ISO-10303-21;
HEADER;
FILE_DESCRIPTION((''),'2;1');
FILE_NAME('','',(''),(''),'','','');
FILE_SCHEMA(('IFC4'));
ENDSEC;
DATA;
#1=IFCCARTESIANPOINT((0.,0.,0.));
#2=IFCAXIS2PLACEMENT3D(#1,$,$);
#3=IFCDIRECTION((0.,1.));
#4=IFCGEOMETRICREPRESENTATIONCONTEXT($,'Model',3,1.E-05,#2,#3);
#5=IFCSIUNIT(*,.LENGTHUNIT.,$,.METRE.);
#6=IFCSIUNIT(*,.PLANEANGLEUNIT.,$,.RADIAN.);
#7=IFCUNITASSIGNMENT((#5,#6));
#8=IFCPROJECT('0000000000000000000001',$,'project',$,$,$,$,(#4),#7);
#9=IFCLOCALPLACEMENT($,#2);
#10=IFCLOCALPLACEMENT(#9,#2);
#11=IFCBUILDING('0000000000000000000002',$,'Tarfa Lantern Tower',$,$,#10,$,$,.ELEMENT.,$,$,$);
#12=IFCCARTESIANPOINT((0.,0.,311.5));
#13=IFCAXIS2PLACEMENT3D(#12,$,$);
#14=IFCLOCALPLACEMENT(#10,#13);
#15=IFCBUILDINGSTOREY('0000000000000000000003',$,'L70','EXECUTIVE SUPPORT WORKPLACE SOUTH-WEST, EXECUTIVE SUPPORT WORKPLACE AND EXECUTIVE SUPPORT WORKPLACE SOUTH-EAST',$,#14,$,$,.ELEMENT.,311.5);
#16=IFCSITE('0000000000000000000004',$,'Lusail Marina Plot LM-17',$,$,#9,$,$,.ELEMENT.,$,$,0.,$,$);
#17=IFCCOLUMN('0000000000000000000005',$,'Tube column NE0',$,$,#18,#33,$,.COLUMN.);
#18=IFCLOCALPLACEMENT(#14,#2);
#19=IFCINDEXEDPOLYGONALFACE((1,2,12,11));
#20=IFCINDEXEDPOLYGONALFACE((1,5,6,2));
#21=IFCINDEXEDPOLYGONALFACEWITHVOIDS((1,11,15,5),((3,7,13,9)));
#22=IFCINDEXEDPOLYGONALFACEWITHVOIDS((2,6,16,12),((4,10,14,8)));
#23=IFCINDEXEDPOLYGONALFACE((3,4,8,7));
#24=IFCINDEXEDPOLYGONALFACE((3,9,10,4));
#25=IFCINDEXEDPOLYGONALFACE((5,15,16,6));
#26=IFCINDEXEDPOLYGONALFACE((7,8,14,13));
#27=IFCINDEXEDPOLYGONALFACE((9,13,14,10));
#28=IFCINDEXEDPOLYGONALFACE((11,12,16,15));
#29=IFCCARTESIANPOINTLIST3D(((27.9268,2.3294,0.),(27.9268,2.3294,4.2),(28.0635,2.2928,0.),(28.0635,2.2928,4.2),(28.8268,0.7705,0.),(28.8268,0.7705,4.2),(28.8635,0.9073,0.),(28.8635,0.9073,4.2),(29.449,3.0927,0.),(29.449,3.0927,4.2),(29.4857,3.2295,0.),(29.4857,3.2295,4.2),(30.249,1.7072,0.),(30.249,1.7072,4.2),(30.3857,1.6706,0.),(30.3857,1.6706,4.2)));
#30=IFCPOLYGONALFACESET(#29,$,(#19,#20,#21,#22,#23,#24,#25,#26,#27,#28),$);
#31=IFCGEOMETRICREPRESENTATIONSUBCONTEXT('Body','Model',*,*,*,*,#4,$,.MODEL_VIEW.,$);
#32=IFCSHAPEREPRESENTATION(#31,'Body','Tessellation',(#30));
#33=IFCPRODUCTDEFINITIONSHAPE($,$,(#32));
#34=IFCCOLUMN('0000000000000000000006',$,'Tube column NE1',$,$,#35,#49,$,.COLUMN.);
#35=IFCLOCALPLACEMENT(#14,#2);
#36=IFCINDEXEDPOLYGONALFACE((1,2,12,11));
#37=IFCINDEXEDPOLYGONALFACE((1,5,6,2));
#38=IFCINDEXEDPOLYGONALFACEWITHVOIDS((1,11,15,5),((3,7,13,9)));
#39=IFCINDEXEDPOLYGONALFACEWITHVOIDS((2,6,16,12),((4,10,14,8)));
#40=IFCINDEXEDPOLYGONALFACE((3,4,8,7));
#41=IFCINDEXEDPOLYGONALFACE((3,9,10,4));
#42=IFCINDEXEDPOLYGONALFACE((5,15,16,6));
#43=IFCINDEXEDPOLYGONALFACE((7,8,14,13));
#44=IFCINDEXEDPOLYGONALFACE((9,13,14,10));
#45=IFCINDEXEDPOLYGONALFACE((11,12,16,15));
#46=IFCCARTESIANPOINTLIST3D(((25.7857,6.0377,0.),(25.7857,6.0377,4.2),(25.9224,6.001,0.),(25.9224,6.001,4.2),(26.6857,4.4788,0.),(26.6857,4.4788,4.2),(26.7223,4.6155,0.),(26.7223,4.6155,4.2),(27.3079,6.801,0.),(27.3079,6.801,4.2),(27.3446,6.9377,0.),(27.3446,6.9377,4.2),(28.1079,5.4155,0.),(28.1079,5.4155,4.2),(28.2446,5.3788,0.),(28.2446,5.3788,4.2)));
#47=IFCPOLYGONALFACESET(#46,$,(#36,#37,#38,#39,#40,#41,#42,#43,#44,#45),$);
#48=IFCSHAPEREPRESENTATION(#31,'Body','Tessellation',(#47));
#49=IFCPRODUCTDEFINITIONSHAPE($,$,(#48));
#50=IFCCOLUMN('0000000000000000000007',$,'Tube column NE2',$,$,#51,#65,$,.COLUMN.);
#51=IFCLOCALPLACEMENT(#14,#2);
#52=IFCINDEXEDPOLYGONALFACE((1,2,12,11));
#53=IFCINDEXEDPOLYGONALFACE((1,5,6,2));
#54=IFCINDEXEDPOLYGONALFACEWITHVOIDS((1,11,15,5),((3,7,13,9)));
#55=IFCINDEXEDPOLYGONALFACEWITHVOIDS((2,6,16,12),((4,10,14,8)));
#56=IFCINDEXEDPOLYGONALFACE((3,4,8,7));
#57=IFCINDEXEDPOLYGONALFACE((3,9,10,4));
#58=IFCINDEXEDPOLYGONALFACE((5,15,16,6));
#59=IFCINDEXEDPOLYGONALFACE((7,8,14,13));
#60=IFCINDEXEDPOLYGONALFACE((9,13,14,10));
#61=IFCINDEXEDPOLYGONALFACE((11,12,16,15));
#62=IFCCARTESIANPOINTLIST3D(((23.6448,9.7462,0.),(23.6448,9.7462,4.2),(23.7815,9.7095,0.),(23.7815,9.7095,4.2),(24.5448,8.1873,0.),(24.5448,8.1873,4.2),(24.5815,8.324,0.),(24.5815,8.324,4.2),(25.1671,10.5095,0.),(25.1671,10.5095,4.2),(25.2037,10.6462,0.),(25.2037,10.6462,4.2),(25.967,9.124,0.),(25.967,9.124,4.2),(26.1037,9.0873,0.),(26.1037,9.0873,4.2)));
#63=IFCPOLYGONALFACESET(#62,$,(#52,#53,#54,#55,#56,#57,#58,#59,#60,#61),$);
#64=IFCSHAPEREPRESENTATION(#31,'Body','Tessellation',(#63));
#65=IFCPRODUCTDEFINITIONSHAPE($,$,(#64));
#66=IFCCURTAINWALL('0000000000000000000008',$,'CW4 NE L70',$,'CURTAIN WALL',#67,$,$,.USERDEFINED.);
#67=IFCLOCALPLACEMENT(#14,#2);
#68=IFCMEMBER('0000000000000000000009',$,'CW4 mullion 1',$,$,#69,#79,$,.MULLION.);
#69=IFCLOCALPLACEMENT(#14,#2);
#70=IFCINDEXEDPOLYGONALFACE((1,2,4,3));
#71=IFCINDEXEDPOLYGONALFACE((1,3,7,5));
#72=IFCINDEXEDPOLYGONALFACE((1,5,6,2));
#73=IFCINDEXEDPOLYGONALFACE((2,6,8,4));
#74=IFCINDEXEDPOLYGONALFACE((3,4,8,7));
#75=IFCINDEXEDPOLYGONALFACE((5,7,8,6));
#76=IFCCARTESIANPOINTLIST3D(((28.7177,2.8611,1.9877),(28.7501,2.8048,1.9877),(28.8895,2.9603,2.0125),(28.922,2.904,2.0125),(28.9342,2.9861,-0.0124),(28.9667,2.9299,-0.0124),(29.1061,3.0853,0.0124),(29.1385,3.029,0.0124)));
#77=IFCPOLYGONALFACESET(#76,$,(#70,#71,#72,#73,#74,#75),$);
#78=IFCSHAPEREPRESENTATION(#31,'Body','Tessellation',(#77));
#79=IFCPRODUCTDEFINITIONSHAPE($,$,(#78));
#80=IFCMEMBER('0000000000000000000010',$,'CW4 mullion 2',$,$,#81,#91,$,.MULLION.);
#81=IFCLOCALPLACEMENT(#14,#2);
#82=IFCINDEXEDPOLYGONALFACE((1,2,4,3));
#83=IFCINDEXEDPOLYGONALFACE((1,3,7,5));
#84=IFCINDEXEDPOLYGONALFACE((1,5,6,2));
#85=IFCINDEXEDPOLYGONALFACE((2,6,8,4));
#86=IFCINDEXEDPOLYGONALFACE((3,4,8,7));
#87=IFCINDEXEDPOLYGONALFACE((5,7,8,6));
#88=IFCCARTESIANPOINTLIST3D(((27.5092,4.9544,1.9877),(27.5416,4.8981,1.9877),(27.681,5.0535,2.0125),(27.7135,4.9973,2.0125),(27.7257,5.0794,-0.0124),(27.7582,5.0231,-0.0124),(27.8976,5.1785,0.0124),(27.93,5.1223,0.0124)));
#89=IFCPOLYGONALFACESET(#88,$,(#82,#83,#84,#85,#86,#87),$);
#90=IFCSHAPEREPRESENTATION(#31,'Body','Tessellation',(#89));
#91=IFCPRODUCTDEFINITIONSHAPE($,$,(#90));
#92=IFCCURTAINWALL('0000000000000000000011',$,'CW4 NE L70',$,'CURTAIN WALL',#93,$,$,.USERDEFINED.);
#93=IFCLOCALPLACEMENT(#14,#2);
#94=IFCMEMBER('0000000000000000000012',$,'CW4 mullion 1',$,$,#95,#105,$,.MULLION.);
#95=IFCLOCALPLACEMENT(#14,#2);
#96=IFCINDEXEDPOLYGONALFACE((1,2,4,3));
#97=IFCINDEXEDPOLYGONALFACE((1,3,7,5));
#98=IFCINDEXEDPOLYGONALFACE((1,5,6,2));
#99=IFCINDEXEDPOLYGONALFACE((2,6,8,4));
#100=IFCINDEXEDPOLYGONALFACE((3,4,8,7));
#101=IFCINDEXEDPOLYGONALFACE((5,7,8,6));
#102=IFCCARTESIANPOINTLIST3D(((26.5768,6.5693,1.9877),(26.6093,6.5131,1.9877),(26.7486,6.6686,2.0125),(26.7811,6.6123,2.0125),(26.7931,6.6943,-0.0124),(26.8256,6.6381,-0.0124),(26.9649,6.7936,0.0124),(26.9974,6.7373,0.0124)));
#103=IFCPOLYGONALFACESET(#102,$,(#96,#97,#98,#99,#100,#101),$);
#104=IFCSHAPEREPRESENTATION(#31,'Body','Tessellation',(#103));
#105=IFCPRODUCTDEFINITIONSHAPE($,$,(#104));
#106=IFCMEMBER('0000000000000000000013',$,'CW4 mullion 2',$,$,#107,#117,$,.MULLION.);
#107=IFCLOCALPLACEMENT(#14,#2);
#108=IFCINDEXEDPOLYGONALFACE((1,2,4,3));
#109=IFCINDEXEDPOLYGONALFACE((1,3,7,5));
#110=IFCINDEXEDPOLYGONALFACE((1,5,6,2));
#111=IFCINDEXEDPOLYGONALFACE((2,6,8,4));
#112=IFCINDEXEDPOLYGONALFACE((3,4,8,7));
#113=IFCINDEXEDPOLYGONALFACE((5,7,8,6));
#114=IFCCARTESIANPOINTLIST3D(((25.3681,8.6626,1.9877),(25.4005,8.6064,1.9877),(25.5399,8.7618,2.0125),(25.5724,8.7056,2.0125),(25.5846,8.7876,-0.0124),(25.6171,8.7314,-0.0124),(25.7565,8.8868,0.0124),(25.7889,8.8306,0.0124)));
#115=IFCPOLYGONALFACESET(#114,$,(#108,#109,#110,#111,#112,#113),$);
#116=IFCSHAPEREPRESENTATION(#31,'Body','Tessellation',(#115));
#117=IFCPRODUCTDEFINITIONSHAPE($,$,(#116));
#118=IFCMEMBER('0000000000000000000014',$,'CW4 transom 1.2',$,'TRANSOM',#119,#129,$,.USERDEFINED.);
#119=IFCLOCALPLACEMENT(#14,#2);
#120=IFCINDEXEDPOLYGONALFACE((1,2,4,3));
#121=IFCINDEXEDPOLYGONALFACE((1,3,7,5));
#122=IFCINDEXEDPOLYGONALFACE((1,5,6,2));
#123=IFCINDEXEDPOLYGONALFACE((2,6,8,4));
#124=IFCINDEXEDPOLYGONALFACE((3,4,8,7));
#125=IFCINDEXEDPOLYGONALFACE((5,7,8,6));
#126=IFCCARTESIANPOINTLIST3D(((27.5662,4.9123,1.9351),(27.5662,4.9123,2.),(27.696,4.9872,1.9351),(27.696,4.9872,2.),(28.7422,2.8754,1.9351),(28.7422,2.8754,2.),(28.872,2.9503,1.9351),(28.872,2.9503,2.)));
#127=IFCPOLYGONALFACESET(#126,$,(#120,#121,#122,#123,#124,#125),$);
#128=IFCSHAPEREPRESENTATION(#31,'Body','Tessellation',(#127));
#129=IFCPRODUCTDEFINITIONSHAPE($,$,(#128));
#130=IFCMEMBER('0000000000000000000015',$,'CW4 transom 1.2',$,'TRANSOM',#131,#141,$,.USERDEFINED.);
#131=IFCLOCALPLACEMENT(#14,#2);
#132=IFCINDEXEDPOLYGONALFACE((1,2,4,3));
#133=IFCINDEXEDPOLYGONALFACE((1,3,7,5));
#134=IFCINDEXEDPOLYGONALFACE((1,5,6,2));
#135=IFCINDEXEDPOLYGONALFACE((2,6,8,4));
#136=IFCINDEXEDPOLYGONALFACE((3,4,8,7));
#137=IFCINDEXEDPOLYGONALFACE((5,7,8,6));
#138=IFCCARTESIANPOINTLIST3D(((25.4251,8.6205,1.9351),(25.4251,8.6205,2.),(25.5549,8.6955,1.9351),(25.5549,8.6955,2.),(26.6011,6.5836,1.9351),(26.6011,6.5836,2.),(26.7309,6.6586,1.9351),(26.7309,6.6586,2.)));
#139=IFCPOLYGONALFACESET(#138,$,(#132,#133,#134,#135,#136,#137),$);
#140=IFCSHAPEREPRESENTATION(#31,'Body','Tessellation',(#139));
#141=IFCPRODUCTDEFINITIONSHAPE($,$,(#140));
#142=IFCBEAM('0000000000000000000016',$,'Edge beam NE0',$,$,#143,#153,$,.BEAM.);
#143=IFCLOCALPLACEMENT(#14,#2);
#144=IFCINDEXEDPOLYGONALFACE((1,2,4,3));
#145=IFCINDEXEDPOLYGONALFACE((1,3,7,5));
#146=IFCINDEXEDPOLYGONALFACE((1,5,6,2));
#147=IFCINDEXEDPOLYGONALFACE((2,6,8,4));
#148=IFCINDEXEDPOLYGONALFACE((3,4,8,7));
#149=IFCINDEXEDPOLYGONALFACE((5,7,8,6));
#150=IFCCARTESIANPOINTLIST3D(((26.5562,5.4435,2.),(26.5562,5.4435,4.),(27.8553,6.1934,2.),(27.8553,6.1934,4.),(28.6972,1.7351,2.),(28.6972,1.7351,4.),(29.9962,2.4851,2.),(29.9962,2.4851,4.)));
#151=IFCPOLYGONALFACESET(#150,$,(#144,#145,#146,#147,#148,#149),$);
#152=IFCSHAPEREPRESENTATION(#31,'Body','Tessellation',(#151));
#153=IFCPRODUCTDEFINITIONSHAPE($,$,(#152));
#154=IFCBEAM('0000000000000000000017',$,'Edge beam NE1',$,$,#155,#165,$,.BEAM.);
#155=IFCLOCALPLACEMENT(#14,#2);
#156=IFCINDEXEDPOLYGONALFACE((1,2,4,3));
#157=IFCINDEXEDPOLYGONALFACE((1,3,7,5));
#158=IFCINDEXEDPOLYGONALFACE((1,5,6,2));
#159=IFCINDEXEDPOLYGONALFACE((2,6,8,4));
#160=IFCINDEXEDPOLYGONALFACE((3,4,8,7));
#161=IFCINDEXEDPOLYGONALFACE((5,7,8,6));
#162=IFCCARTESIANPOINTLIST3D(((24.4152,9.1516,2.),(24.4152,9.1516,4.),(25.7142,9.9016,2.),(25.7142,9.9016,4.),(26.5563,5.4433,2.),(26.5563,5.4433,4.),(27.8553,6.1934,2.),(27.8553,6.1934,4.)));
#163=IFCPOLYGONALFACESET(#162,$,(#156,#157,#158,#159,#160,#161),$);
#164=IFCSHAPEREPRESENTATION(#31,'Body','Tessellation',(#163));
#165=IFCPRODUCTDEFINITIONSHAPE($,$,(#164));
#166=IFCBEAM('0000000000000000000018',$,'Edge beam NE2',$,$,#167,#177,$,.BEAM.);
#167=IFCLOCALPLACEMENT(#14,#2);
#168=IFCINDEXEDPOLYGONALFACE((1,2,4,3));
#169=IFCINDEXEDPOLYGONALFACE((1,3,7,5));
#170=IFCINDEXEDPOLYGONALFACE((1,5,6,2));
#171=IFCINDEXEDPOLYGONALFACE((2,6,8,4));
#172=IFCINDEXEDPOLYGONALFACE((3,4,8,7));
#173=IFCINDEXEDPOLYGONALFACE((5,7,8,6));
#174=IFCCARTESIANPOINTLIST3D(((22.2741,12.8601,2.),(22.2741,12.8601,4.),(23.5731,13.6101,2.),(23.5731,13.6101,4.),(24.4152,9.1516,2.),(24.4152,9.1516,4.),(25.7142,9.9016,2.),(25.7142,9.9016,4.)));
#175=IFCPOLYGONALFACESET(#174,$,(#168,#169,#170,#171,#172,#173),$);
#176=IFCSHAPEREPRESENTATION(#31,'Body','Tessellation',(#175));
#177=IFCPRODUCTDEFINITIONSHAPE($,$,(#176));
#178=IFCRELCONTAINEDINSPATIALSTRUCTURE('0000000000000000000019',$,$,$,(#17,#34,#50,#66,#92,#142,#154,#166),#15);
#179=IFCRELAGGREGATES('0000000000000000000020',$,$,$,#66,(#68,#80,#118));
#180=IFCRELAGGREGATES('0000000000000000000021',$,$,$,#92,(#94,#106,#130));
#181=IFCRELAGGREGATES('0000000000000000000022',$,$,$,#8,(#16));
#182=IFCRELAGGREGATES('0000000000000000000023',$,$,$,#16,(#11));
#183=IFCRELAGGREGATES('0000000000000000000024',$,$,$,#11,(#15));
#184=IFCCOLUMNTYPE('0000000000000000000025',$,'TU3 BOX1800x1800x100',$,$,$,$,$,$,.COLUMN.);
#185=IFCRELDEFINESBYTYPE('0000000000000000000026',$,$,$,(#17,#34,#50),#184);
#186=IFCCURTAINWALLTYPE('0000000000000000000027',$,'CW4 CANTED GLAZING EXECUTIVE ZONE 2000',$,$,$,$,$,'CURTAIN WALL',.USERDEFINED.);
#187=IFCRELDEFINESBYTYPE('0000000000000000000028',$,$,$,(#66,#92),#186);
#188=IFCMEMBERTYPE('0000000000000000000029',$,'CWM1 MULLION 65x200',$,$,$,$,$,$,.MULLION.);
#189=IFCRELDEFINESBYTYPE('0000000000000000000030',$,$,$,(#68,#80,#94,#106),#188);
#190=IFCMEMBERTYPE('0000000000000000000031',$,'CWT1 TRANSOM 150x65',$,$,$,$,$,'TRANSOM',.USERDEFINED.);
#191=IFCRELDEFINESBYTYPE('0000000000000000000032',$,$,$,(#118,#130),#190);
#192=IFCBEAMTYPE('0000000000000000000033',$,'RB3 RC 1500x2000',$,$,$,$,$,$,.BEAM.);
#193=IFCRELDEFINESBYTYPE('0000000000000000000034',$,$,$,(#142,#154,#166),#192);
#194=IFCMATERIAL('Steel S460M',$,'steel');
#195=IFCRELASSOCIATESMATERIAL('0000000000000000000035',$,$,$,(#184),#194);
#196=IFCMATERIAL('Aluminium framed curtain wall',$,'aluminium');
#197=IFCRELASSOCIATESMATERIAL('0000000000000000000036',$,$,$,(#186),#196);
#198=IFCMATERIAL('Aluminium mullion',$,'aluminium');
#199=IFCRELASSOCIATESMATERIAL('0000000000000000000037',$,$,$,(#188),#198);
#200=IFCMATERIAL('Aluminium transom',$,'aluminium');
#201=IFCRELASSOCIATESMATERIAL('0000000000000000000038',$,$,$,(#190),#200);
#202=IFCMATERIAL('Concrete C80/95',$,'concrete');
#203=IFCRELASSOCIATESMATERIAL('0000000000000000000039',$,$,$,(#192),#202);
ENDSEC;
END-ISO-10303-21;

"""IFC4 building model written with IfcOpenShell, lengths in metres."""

from ifc_helpers import new_model, si_unit, direction, frame, origin, origin_2d, place, context, subcontext, project, spatial, rectangle, hollow_rectangle, extrude, material, material_profile, profile_set, type_object, element, aggregate, save


model = new_model("IFC4")

# Units and contexts
model_context = context("Model", 3, precision=1e-05, world=origin(), true_north=direction((0.0, 1.0)))
body_context = subcontext(model_context, "Body", "Model", "MODEL_VIEW")
ifc_project = project(units=[si_unit("LENGTHUNIT", "METRE"), si_unit("PLANEANGLEUNIT", "RADIAN")], contexts=[model_context])

# Site, building, storey
site_placement = place(None, origin())
site = spatial("IfcSite", under=ifc_project, at=site_placement, Name="Lusail Marina Plot LM-17", CompositionType="ELEMENT", RefElevation=0.0)
building_placement = place(site_placement, origin())
building = spatial("IfcBuilding", under=site, at=building_placement, Name="Tarfa Lantern Tower", CompositionType="ELEMENT")
storey_placement = place(building_placement, frame((0.0, 0.0, 311.5)))
storey = spatial("IfcBuildingStorey", under=building, at=storey_placement, Name="L70", Description="EXECUTIVE SUPPORT WORKPLACE SOUTH-WEST, EXECUTIVE SUPPORT WORKPLACE AND EXECUTIVE SUPPORT WORKPLACE SOUTH-EAST", CompositionType="ELEMENT", Elevation=311.5)

# Columns
ifc_material_1 = material(Name="Steel S460M", Category="steel")
ifc_material_profile_1 = material_profile(ifc_material_1, hollow_rectangle(XDim=1.8, YDim=1.8, WallThickness=0.1001, at=origin_2d()), Name="BOX1800x1800x100")
ifc_profile_set_1 = profile_set([ifc_material_profile_1], Name="Steel S460M")
column_type = type_object("IfcColumnType", Name="TU3 BOX1800x1800x100", PredefinedType="COLUMN", material=ifc_profile_set_1)
for number, where, z_axis, x_axis, name in (
    (1, (29.1562, 2.0, 0.0), (0.0, 0.0, 1.0), (-0.5, 0.866025, 0.0), "Tube column NE0"),
    (2, (27.0151, 5.7083, 0.0), (0.0, 0.0, 1.0), (-0.5, 0.866025, 0.0), "Tube column NE1"),
    (3, (24.8743, 9.4167, 0.0), (0.0, 0.0, 1.0), (-0.5, 0.866025, 0.0), "Tube column NE2"),
):
    element("IfcColumn", number, at=place(storey_placement, frame(where, z_axis=z_axis, x_axis=x_axis)), inside=storey, type_object=column_type, Name=name, PredefinedType="COLUMN", context=body_context, shape_type="SweptSolid", body=[
        extrude(hollow_rectangle(XDim=1.8, YDim=1.8, WallThickness=0.1001, at=origin_2d()), origin(), (0.0, 0.0, 1.0), 4.2),
    ])

# Curtain walls, members
ifc_material_2 = material(Name="Aluminium framed curtain wall", Category="aluminium")
curtain_wall_type = type_object("IfcCurtainWallType", Name="CW4 CANTED GLAZING EXECUTIVE ZONE 2000", ElementType="CURTAIN WALL", PredefinedType="USERDEFINED", material=ifc_material_2)
curtain_wall_1_placement = place(storey_placement, origin())
curtain_wall_1 = element("IfcCurtainWall", 4, at=curtain_wall_1_placement, inside=storey, type_object=curtain_wall_type, Name="CW4 NE L70", ObjectType="CURTAIN WALL", PredefinedType="USERDEFINED")
ifc_material_3 = material(Name="Aluminium mullion", Category="aluminium")
ifc_material_profile_2 = material_profile(ifc_material_3, rectangle(XDim=0.0649, YDim=0.2, at=origin_2d()), Name="AL MULLION 65x200")
ifc_profile_set_2 = profile_set([ifc_material_profile_2], Name="Aluminium mullion")
member_type_1 = type_object("IfcMemberType", Name="CWM1 MULLION 65x200", PredefinedType="MULLION", material=ifc_profile_set_2)
member_1_placement = place(storey_placement, frame((29.0364, 3.0076, 0.0), z_axis=(-0.10744, -0.062017, 0.992275), x_axis=(0.49992, -0.866072, 0.0)))
member_1 = element("IfcMember", 5, at=member_1_placement, type_object=member_type_1, Name="CW4 mullion 1", PredefinedType="MULLION", context=body_context, shape_type="SweptSolid", body=[
    extrude(rectangle(XDim=0.0649, YDim=0.2, at=origin_2d()), origin(), (0.0, 0.0, 1.0), 2.0156),
])
member_2_placement = place(storey_placement, frame((27.8279, 5.1008, 0.0), z_axis=(-0.10744, -0.062017, 0.992275), x_axis=(0.49992, -0.866072, 0.0)))
member_2 = element("IfcMember", 6, at=member_2_placement, type_object=member_type_1, Name="CW4 mullion 2", PredefinedType="MULLION", context=body_context, shape_type="SweptSolid", body=[
    extrude(rectangle(XDim=0.0649, YDim=0.2, at=origin_2d()), origin(), (0.0, 0.0, 1.0), 2.0156),
])
curtain_wall_2_placement = place(storey_placement, origin())
curtain_wall_2 = element("IfcCurtainWall", 7, at=curtain_wall_2_placement, inside=storey, type_object=curtain_wall_type, Name="CW4 NE L70", ObjectType="CURTAIN WALL", PredefinedType="USERDEFINED")
member_3_placement = place(storey_placement, frame((26.8953, 6.7158, 0.0), z_axis=(-0.10732, -0.062018, 0.992288), x_axis=(0.500343, -0.865827, 0.0)))
member_3 = element("IfcMember", 8, at=member_3_placement, type_object=member_type_1, Name="CW4 mullion 1", PredefinedType="MULLION", context=body_context, shape_type="SweptSolid", body=[
    extrude(rectangle(XDim=0.0649, YDim=0.2, at=origin_2d()), origin(), (0.0, 0.0, 1.0), 2.0156),
])
member_4_placement = place(storey_placement, frame((25.6868, 8.8091, 0.0), z_axis=(-0.10744, -0.062017, 0.992275), x_axis=(0.49992, -0.866072, 0.0)))
member_4 = element("IfcMember", 9, at=member_4_placement, type_object=member_type_1, Name="CW4 mullion 2", PredefinedType="MULLION", context=body_context, shape_type="SweptSolid", body=[
    extrude(rectangle(XDim=0.0649, YDim=0.2, at=origin_2d()), origin(), (0.0, 0.0, 1.0), 2.0156),
])

# Members
ifc_material_4 = material(Name="Aluminium transom", Category="aluminium")
ifc_material_profile_3 = material_profile(ifc_material_4, rectangle(XDim=0.1499, YDim=0.0649, at=origin_2d()), Name="AL TRANSOM 150x65")
ifc_profile_set_3 = profile_set([ifc_material_profile_3], Name="Aluminium transom")
member_type_2 = type_object("IfcMemberType", Name="CWT1 TRANSOM 150x65", ElementType="TRANSOM", PredefinedType="USERDEFINED", material=ifc_profile_set_3)
member_5_placement = place(storey_placement, frame((28.8071, 2.9128, 1.9675), z_axis=(-0.500013, 0.866018, 0.0), x_axis=(-0.866018, -0.500013, 0.0)))
member_5 = element("IfcMember", 10, at=member_5_placement, type_object=member_type_2, Name="CW4 transom 1.2", ObjectType="TRANSOM", PredefinedType="USERDEFINED", context=body_context, shape_type="SweptSolid", body=[
    extrude(rectangle(XDim=0.1499, YDim=0.0649, at=origin_2d()), origin(), (0.0, 0.0, 1.0), 2.3521),
])
member_6_placement = place(storey_placement, frame((26.666, 6.6211, 1.9675), z_axis=(-0.500013, 0.866018, 0.0), x_axis=(-0.866018, -0.500013, 0.0)))
member_6 = element("IfcMember", 11, at=member_6_placement, type_object=member_type_2, Name="CW4 transom 1.2", ObjectType="TRANSOM", PredefinedType="USERDEFINED", context=body_context, shape_type="SweptSolid", body=[
    extrude(rectangle(XDim=0.1499, YDim=0.0649, at=origin_2d()), origin(), (0.0, 0.0, 1.0), 2.3521),
])

# Beams
ifc_material_5 = material(Name="Concrete C80/95", Category="concrete")
ifc_material_profile_4 = material_profile(ifc_material_5, rectangle(XDim=1.5, YDim=2.0, at=origin_2d()), Name="RC 1500x2000")
ifc_profile_set_4 = profile_set([ifc_material_profile_4], Name="Concrete C80/95")
beam_type_1 = type_object("IfcBeamType", Name="RB3 RC 1500x2000", PredefinedType="BEAM", material=ifc_profile_set_4)
for number, where, z_axis, x_axis, name in (
    (12, (29.3467, 2.1101, 3.0), (-0.499984, 0.866035, 0.0), (-0.866035, -0.499984, 0.0), "Edge beam NE0"),
    (13, (27.2058, 5.8184, 3.0), (-0.500027, 0.86601, 0.0), (-0.86601, -0.500027, 0.0), "Edge beam NE1"),
):
    element("IfcBeam", number, at=place(storey_placement, frame(where, z_axis=z_axis, x_axis=x_axis)), inside=storey, type_object=beam_type_1, Name=name, PredefinedType="BEAM", context=body_context, shape_type="SweptSolid", body=[
        extrude(rectangle(XDim=1.5, YDim=2.0, at=origin_2d()), origin(), (0.0, 0.0, 1.0), 4.282),
    ])
beam_1_placement = place(storey_placement, frame((25.0647, 9.5266, 3.0), z_axis=(-0.500002, 0.866024, 0.0), x_axis=(-0.866024, -0.500002, 0.0)))
element("IfcBeam", 14, at=beam_1_placement, inside=storey, type_object=beam_type_1, Name="Edge beam NE2", PredefinedType="BEAM", context=body_context, shape_type="SweptSolid", body=[
    extrude(rectangle(XDim=1.5, YDim=2.0, at=origin_2d()), origin(), (0.0, 0.0, 1.0), 4.2822),
])

aggregate(curtain_wall_1, [member_1, member_2, member_5])
aggregate(curtain_wall_2, [member_3, member_4, member_6])

save(model, "model.ifc")
